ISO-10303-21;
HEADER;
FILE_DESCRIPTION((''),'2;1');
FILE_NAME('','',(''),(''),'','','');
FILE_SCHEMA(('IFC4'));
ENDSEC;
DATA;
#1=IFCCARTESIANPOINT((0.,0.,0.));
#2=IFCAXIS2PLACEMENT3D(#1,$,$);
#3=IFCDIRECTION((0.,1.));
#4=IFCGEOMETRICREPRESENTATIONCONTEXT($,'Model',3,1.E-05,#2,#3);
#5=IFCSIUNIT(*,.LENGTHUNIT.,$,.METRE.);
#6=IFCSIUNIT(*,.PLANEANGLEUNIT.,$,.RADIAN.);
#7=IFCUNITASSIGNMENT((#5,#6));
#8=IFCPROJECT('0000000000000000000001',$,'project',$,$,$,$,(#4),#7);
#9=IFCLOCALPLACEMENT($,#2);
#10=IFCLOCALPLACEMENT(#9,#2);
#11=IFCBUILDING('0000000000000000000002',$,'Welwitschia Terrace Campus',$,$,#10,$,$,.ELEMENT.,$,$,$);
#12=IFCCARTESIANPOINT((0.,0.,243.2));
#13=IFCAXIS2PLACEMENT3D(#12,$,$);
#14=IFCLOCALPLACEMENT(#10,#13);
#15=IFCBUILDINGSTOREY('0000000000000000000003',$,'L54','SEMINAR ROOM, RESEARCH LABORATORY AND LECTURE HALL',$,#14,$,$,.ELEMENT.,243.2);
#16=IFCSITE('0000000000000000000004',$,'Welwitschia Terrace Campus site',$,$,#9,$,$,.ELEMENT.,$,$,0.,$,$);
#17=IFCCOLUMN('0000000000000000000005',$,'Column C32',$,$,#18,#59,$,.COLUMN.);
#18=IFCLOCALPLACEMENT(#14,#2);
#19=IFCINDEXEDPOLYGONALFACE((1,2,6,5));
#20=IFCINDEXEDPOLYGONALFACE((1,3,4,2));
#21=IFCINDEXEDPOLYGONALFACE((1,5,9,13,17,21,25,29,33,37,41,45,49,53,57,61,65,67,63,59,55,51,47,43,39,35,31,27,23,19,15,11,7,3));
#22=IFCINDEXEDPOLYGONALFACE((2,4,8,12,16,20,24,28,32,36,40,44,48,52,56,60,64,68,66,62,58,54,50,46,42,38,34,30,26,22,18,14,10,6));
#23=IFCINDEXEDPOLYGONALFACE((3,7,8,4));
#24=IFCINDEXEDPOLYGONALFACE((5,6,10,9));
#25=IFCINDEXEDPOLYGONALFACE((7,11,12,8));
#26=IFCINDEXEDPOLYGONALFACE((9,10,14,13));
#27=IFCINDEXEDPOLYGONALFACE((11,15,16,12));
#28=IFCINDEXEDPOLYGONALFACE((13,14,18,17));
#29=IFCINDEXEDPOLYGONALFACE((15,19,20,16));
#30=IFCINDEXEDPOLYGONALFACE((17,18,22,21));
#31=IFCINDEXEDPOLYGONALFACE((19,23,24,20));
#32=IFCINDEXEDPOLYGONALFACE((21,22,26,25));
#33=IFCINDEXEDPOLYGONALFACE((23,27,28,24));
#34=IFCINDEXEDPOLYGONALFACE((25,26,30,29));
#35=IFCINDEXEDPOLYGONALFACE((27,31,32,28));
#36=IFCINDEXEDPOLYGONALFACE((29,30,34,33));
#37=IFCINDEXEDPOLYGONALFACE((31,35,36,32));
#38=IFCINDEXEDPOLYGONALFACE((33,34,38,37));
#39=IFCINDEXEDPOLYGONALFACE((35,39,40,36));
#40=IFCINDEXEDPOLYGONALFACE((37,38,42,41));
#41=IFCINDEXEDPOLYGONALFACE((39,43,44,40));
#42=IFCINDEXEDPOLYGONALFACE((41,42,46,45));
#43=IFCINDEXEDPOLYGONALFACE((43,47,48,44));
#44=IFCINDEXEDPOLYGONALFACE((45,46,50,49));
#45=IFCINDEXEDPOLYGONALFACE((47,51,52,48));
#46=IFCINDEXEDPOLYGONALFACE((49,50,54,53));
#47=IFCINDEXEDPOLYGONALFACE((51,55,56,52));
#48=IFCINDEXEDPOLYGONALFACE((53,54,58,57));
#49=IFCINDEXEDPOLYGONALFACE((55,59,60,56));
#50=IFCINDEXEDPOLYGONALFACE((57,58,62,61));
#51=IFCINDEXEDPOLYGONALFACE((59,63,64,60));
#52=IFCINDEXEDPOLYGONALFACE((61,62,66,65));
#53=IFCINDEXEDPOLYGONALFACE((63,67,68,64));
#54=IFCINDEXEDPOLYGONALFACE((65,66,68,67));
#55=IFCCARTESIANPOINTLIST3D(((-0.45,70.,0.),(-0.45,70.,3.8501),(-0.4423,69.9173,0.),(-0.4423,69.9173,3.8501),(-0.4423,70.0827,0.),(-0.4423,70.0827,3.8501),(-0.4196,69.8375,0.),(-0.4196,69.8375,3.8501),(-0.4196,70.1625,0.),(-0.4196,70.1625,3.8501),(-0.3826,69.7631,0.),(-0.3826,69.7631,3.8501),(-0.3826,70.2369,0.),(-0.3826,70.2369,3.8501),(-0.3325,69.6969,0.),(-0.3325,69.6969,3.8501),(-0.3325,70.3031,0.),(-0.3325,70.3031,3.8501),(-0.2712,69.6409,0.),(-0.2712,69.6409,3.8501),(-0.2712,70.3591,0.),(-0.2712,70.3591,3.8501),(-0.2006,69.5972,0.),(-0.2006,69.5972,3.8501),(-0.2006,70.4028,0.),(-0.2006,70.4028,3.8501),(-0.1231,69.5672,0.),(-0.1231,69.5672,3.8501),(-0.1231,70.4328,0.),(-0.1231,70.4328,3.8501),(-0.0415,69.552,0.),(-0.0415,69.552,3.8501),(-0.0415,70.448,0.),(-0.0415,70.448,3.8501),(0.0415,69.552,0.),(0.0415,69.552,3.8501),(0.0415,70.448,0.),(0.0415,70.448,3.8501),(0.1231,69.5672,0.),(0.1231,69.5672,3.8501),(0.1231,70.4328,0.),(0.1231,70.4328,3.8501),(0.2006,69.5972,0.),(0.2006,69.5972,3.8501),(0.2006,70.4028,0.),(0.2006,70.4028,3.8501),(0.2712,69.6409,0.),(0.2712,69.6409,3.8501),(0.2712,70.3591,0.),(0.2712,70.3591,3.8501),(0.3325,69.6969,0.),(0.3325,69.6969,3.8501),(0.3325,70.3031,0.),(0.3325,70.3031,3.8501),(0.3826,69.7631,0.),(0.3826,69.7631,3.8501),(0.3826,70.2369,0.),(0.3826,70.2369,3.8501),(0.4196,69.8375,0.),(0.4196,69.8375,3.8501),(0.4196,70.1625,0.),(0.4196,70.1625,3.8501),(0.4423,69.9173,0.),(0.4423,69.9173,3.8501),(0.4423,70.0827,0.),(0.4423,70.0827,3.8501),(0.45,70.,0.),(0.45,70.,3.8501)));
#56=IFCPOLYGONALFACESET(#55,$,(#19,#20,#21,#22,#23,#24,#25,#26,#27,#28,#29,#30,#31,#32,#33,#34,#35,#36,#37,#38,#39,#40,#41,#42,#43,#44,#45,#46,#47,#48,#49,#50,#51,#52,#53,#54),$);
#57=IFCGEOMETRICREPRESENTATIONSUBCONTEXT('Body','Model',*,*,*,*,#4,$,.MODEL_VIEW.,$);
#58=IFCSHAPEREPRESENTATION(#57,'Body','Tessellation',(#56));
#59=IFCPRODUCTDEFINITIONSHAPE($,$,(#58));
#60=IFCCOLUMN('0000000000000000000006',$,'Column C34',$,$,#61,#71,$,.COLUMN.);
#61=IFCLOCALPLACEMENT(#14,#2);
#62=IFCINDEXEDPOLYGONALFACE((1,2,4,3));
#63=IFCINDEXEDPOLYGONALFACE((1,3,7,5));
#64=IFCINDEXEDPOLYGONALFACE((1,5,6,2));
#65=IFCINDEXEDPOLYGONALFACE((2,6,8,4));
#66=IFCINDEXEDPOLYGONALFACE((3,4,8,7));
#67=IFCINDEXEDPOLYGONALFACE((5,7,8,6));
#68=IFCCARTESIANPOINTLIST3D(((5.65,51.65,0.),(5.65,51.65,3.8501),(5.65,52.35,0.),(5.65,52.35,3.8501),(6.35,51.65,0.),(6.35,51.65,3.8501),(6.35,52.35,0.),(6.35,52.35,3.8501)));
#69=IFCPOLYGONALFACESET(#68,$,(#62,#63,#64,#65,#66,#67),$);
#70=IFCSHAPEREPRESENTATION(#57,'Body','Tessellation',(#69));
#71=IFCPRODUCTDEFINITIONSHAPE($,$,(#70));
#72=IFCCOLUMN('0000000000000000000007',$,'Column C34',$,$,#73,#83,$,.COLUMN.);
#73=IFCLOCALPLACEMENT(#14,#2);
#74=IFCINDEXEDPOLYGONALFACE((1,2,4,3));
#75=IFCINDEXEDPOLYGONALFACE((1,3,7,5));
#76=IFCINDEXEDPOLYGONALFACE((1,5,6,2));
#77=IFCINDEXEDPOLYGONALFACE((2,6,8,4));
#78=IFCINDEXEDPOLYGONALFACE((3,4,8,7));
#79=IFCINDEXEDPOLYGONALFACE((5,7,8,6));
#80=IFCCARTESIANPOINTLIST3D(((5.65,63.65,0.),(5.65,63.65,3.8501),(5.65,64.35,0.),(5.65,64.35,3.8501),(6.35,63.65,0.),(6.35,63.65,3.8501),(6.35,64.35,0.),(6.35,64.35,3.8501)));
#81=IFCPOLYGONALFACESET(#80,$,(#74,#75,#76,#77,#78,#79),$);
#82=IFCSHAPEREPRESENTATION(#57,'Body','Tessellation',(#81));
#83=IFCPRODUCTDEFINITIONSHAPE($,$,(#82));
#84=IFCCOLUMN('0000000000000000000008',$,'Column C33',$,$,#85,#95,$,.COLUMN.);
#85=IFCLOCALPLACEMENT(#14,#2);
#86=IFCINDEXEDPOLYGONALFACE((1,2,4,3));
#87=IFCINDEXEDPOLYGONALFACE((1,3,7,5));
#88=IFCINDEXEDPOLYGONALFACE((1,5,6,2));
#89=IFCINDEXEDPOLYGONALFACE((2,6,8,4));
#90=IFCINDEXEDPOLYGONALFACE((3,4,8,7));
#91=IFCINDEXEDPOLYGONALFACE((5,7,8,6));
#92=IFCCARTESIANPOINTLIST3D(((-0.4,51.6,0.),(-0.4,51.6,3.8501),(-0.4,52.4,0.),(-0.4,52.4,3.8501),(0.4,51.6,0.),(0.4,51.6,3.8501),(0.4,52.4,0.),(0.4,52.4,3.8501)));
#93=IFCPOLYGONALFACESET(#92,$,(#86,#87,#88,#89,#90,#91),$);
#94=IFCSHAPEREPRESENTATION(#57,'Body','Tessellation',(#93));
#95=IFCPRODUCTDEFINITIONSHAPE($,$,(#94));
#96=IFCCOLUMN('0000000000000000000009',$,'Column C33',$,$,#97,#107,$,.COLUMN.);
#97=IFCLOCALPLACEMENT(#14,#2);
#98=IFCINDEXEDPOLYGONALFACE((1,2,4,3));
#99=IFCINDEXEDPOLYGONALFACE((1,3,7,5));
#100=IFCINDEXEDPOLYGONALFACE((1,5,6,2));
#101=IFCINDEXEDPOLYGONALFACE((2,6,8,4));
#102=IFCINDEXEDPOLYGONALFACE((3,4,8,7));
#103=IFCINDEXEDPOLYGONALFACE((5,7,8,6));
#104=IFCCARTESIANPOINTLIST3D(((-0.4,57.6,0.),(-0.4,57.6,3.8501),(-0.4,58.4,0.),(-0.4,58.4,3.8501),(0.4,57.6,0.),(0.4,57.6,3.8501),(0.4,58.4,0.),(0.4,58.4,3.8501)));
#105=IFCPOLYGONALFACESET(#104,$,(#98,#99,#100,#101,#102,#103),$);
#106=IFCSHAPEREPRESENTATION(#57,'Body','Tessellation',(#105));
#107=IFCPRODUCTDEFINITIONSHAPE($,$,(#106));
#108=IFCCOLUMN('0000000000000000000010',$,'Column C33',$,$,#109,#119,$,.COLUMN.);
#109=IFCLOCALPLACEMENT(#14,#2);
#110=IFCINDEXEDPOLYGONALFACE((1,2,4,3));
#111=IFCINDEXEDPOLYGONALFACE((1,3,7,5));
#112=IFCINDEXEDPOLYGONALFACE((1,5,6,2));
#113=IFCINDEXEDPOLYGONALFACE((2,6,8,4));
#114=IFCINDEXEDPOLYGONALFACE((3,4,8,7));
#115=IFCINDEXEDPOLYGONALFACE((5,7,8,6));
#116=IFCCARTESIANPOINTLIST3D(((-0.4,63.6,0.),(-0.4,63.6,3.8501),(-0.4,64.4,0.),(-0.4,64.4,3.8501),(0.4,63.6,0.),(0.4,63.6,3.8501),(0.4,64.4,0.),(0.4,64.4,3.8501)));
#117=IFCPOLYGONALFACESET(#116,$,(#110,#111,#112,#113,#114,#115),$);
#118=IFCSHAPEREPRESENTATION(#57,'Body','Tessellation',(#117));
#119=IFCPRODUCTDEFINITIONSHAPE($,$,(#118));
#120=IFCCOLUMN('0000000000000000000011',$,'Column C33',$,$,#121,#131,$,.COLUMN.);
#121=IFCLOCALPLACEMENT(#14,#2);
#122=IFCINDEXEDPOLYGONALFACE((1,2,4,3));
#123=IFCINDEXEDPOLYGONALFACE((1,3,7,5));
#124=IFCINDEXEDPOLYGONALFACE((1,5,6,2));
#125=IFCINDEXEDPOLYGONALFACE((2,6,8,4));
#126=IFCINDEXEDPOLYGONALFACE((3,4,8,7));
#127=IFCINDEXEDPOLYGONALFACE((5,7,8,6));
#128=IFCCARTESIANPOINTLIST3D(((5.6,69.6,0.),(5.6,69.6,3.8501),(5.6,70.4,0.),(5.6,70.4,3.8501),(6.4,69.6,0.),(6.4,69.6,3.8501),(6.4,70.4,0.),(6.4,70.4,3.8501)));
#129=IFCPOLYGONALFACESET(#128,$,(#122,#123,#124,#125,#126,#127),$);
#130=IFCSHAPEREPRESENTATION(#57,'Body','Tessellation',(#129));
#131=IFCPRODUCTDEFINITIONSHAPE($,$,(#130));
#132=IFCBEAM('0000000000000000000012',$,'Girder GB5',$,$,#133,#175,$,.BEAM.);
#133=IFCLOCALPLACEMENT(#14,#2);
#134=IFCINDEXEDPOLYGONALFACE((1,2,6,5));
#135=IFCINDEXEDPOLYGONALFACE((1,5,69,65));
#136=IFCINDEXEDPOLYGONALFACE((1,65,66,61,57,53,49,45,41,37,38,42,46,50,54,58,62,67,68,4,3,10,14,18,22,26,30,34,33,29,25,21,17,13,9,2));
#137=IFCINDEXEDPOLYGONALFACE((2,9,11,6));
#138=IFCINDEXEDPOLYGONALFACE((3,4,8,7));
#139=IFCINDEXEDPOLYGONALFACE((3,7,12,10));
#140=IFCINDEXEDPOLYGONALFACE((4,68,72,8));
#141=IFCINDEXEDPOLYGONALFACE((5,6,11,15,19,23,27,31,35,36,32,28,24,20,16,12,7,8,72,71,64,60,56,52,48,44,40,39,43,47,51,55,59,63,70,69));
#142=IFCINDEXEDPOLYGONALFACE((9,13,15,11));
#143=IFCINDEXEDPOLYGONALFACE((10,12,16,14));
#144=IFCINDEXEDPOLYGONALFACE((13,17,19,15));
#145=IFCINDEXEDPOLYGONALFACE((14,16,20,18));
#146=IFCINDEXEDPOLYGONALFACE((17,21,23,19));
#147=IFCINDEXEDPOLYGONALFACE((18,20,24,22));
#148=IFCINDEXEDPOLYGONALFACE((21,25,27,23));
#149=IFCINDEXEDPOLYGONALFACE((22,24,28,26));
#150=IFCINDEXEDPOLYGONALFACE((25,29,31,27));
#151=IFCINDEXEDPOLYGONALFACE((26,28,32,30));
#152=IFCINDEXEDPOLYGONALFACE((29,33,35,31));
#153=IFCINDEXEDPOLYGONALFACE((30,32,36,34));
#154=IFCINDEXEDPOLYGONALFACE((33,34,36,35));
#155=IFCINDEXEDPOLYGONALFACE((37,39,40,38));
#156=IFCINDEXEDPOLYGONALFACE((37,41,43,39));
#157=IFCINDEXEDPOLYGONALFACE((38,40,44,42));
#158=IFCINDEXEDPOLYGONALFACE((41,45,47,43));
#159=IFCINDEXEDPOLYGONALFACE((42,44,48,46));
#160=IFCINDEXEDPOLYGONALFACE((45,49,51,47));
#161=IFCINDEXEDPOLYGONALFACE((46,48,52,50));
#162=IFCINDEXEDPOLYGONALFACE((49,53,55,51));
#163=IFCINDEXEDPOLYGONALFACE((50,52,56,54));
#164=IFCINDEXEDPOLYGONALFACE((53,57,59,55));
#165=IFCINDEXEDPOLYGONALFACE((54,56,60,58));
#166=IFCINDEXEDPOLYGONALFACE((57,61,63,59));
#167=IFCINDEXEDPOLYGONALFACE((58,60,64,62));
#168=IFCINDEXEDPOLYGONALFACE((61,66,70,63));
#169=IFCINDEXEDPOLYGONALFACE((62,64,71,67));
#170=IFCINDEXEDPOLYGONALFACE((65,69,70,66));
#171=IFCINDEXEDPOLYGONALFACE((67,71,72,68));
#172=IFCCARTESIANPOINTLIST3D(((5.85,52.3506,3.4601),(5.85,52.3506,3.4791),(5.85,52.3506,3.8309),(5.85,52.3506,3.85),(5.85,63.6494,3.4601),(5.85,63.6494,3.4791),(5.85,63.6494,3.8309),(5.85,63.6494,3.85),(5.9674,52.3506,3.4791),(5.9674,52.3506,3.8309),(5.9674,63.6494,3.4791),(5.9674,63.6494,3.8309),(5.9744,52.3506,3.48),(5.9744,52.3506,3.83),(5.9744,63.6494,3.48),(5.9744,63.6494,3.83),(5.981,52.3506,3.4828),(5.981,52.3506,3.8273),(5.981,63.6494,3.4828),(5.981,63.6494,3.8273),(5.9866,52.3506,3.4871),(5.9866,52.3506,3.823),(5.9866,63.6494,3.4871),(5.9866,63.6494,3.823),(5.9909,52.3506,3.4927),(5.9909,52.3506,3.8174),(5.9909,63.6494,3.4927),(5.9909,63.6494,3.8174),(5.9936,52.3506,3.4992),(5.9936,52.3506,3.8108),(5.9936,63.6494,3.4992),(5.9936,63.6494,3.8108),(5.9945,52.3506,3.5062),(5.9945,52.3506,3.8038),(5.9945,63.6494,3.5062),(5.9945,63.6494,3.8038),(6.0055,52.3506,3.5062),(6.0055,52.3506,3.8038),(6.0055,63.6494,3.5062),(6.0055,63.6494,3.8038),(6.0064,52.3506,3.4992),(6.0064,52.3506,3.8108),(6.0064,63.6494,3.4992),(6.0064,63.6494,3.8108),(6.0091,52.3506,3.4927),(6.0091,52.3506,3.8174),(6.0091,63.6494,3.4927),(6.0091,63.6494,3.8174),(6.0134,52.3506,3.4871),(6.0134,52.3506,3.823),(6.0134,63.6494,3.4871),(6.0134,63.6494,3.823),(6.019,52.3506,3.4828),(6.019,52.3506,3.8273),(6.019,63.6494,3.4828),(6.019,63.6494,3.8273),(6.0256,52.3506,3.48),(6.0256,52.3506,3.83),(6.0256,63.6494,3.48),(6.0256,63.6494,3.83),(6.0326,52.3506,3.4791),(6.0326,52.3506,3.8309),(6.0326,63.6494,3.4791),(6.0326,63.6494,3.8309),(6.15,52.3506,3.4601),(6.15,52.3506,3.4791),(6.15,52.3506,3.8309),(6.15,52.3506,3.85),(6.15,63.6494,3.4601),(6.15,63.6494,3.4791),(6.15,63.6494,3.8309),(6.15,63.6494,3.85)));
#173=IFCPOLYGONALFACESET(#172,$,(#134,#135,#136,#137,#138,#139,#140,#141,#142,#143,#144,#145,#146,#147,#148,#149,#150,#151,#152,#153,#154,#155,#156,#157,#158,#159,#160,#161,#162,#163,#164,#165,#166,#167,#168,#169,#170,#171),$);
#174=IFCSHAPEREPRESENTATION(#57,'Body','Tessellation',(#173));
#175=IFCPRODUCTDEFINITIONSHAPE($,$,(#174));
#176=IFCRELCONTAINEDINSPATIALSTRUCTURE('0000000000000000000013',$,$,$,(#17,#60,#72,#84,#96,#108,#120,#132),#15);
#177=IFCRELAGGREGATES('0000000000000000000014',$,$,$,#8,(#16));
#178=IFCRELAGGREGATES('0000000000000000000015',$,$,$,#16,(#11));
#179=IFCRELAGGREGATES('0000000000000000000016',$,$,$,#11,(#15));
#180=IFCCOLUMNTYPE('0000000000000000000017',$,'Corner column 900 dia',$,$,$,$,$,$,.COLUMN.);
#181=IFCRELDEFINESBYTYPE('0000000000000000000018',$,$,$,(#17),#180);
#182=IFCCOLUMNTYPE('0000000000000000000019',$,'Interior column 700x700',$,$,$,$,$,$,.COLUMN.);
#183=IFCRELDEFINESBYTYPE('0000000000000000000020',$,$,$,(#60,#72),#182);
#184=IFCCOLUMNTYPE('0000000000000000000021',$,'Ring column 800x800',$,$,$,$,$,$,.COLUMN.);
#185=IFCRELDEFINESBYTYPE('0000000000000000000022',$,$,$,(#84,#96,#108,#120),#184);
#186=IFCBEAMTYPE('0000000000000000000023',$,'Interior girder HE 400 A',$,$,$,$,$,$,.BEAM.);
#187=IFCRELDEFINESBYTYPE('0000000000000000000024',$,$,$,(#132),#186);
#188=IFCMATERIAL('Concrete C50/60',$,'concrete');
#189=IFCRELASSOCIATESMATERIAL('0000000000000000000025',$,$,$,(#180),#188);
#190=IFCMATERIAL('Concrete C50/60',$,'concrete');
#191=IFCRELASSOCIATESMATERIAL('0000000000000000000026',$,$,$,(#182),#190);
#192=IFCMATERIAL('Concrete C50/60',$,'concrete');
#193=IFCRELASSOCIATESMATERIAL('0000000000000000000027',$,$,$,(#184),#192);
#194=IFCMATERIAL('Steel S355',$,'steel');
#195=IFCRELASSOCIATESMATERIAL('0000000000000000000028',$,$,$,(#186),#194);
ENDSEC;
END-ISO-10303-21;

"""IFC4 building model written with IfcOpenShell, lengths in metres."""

from ifc_helpers import new_model, si_unit, direction, frame, origin, origin_2d, place, context, subcontext, project, spatial, rectangle, circle, i_section, extrude, material, material_profile, profile_set, type_object, element, save


model = new_model("IFC4")

# Units and contexts
model_context = context("Model", 3, precision=1e-05, world=origin(), true_north=direction((0.0, 1.0)))
body_context = subcontext(model_context, "Body", "Model", "MODEL_VIEW")
ifc_project = project(units=[si_unit("LENGTHUNIT", "METRE"), si_unit("PLANEANGLEUNIT", "RADIAN")], contexts=[model_context])

# Site, building, storey
site_placement = place(None, origin())
site = spatial("IfcSite", under=ifc_project, at=site_placement, Name="Welwitschia Terrace Campus site", CompositionType="ELEMENT", RefElevation=0.0)
building_placement = place(site_placement, origin())
building = spatial("IfcBuilding", under=site, at=building_placement, Name="Welwitschia Terrace Campus", CompositionType="ELEMENT")
storey_placement = place(building_placement, frame((0.0, 0.0, 243.2)))
storey = spatial("IfcBuildingStorey", under=building, at=storey_placement, Name="L54", Description="SEMINAR ROOM, RESEARCH LABORATORY AND LECTURE HALL", CompositionType="ELEMENT", Elevation=243.2)

# Columns
ifc_material_1 = material(Name="Concrete C50/60", Category="concrete")
ifc_material_profile_1 = material_profile(ifc_material_1, circle(Radius=0.45, at=origin_2d()))
ifc_profile_set_1 = profile_set([ifc_material_profile_1], Name="Concrete C50/60")
column_type_1 = type_object("IfcColumnType", Name="Corner column 900 dia", PredefinedType="COLUMN", material=ifc_profile_set_1)
column_placement = place(storey_placement, frame((0.0, 70.0, 0.0), z_axis=(0.0, 0.0, 1.0), x_axis=(1.0, 0.0, 0.0)))
element("IfcColumn", 1, at=column_placement, inside=storey, type_object=column_type_1, Name="Column C32", PredefinedType="COLUMN", context=body_context, shape_type="SweptSolid", body=[
    extrude(circle(Radius=0.45, at=origin_2d()), origin(), (0.0, 0.0, 1.0), 3.8501),
])
ifc_material_2 = material(Name="Concrete C50/60", Category="concrete")
ifc_material_profile_2 = material_profile(ifc_material_2, rectangle(XDim=0.7, YDim=0.7, at=origin_2d()))
ifc_profile_set_2 = profile_set([ifc_material_profile_2], Name="Concrete C50/60")
column_type_2 = type_object("IfcColumnType", Name="Interior column 700x700", PredefinedType="COLUMN", material=ifc_profile_set_2)
for number, where, z_axis, x_axis, name in (
    (2, (6.0, 52.0, 0.0), (0.0, 0.0, 1.0), (1.0, 0.0, 0.0), "Column C34"),
    (3, (6.0, 64.0, 0.0), (0.0, 0.0, 1.0), (1.0, 0.0, 0.0), "Column C34"),
):
    element("IfcColumn", number, at=place(storey_placement, frame(where, z_axis=z_axis, x_axis=x_axis)), inside=storey, type_object=column_type_2, Name=name, PredefinedType="COLUMN", context=body_context, shape_type="SweptSolid", body=[
        extrude(rectangle(XDim=0.7, YDim=0.7, at=origin_2d()), origin(), (0.0, 0.0, 1.0), 3.8501),
    ])
ifc_material_3 = material(Name="Concrete C50/60", Category="concrete")
ifc_material_profile_3 = material_profile(ifc_material_3, rectangle(XDim=0.8, YDim=0.8, at=origin_2d()))
ifc_profile_set_3 = profile_set([ifc_material_profile_3], Name="Concrete C50/60")
column_type_3 = type_object("IfcColumnType", Name="Ring column 800x800", PredefinedType="COLUMN", material=ifc_profile_set_3)
for number, where, z_axis, x_axis, name in (
    (4, (0.0, 52.0, 0.0), (0.0, 0.0, 1.0), (1.0, 0.0, 0.0), "Column C33"),
    (5, (0.0, 58.0, 0.0), (0.0, 0.0, 1.0), (1.0, 0.0, 0.0), "Column C33"),
    (6, (0.0, 64.0, 0.0), (0.0, 0.0, 1.0), (1.0, 0.0, 0.0), "Column C33"),
    (7, (6.0, 70.0, 0.0), (0.0, 0.0, 1.0), (1.0, 0.0, 0.0), "Column C33"),
):
    element("IfcColumn", number, at=place(storey_placement, frame(where, z_axis=z_axis, x_axis=x_axis)), inside=storey, type_object=column_type_3, Name=name, PredefinedType="COLUMN", context=body_context, shape_type="SweptSolid", body=[
        extrude(rectangle(XDim=0.8, YDim=0.8, at=origin_2d()), origin(), (0.0, 0.0, 1.0), 3.8501),
    ])

# Beam
ifc_material_4 = material(Name="Steel S355", Category="steel")
ifc_material_profile_4 = material_profile(ifc_material_4, i_section(OverallWidth=0.3, OverallDepth=0.3899, WebThickness=0.011, FlangeThickness=0.019, FilletRadius=0.0271, at=origin_2d()))
ifc_profile_set_4 = profile_set([ifc_material_profile_4], Name="Steel S355")
beam_type_1 = type_object("IfcBeamType", Name="Interior girder HE 400 A", PredefinedType="BEAM", material=ifc_profile_set_4)
beam_1_placement = place(storey_placement, frame((6.0, 52.3506, 3.655), z_axis=(0.0, 1.0, 0.0), x_axis=(-1.0, 0.0, 0.0)))
element("IfcBeam", 8, at=beam_1_placement, inside=storey, type_object=beam_type_1, Name="Girder GB5", PredefinedType="BEAM", context=body_context, shape_type="SweptSolid", body=[
    extrude(i_section(OverallWidth=0.3, OverallDepth=0.3899, WebThickness=0.011, FlangeThickness=0.019, FilletRadius=0.0271, at=origin_2d()), origin(), (0.0, 0.0, 1.0), 11.2988),
])

save(model, "model.ifc")
